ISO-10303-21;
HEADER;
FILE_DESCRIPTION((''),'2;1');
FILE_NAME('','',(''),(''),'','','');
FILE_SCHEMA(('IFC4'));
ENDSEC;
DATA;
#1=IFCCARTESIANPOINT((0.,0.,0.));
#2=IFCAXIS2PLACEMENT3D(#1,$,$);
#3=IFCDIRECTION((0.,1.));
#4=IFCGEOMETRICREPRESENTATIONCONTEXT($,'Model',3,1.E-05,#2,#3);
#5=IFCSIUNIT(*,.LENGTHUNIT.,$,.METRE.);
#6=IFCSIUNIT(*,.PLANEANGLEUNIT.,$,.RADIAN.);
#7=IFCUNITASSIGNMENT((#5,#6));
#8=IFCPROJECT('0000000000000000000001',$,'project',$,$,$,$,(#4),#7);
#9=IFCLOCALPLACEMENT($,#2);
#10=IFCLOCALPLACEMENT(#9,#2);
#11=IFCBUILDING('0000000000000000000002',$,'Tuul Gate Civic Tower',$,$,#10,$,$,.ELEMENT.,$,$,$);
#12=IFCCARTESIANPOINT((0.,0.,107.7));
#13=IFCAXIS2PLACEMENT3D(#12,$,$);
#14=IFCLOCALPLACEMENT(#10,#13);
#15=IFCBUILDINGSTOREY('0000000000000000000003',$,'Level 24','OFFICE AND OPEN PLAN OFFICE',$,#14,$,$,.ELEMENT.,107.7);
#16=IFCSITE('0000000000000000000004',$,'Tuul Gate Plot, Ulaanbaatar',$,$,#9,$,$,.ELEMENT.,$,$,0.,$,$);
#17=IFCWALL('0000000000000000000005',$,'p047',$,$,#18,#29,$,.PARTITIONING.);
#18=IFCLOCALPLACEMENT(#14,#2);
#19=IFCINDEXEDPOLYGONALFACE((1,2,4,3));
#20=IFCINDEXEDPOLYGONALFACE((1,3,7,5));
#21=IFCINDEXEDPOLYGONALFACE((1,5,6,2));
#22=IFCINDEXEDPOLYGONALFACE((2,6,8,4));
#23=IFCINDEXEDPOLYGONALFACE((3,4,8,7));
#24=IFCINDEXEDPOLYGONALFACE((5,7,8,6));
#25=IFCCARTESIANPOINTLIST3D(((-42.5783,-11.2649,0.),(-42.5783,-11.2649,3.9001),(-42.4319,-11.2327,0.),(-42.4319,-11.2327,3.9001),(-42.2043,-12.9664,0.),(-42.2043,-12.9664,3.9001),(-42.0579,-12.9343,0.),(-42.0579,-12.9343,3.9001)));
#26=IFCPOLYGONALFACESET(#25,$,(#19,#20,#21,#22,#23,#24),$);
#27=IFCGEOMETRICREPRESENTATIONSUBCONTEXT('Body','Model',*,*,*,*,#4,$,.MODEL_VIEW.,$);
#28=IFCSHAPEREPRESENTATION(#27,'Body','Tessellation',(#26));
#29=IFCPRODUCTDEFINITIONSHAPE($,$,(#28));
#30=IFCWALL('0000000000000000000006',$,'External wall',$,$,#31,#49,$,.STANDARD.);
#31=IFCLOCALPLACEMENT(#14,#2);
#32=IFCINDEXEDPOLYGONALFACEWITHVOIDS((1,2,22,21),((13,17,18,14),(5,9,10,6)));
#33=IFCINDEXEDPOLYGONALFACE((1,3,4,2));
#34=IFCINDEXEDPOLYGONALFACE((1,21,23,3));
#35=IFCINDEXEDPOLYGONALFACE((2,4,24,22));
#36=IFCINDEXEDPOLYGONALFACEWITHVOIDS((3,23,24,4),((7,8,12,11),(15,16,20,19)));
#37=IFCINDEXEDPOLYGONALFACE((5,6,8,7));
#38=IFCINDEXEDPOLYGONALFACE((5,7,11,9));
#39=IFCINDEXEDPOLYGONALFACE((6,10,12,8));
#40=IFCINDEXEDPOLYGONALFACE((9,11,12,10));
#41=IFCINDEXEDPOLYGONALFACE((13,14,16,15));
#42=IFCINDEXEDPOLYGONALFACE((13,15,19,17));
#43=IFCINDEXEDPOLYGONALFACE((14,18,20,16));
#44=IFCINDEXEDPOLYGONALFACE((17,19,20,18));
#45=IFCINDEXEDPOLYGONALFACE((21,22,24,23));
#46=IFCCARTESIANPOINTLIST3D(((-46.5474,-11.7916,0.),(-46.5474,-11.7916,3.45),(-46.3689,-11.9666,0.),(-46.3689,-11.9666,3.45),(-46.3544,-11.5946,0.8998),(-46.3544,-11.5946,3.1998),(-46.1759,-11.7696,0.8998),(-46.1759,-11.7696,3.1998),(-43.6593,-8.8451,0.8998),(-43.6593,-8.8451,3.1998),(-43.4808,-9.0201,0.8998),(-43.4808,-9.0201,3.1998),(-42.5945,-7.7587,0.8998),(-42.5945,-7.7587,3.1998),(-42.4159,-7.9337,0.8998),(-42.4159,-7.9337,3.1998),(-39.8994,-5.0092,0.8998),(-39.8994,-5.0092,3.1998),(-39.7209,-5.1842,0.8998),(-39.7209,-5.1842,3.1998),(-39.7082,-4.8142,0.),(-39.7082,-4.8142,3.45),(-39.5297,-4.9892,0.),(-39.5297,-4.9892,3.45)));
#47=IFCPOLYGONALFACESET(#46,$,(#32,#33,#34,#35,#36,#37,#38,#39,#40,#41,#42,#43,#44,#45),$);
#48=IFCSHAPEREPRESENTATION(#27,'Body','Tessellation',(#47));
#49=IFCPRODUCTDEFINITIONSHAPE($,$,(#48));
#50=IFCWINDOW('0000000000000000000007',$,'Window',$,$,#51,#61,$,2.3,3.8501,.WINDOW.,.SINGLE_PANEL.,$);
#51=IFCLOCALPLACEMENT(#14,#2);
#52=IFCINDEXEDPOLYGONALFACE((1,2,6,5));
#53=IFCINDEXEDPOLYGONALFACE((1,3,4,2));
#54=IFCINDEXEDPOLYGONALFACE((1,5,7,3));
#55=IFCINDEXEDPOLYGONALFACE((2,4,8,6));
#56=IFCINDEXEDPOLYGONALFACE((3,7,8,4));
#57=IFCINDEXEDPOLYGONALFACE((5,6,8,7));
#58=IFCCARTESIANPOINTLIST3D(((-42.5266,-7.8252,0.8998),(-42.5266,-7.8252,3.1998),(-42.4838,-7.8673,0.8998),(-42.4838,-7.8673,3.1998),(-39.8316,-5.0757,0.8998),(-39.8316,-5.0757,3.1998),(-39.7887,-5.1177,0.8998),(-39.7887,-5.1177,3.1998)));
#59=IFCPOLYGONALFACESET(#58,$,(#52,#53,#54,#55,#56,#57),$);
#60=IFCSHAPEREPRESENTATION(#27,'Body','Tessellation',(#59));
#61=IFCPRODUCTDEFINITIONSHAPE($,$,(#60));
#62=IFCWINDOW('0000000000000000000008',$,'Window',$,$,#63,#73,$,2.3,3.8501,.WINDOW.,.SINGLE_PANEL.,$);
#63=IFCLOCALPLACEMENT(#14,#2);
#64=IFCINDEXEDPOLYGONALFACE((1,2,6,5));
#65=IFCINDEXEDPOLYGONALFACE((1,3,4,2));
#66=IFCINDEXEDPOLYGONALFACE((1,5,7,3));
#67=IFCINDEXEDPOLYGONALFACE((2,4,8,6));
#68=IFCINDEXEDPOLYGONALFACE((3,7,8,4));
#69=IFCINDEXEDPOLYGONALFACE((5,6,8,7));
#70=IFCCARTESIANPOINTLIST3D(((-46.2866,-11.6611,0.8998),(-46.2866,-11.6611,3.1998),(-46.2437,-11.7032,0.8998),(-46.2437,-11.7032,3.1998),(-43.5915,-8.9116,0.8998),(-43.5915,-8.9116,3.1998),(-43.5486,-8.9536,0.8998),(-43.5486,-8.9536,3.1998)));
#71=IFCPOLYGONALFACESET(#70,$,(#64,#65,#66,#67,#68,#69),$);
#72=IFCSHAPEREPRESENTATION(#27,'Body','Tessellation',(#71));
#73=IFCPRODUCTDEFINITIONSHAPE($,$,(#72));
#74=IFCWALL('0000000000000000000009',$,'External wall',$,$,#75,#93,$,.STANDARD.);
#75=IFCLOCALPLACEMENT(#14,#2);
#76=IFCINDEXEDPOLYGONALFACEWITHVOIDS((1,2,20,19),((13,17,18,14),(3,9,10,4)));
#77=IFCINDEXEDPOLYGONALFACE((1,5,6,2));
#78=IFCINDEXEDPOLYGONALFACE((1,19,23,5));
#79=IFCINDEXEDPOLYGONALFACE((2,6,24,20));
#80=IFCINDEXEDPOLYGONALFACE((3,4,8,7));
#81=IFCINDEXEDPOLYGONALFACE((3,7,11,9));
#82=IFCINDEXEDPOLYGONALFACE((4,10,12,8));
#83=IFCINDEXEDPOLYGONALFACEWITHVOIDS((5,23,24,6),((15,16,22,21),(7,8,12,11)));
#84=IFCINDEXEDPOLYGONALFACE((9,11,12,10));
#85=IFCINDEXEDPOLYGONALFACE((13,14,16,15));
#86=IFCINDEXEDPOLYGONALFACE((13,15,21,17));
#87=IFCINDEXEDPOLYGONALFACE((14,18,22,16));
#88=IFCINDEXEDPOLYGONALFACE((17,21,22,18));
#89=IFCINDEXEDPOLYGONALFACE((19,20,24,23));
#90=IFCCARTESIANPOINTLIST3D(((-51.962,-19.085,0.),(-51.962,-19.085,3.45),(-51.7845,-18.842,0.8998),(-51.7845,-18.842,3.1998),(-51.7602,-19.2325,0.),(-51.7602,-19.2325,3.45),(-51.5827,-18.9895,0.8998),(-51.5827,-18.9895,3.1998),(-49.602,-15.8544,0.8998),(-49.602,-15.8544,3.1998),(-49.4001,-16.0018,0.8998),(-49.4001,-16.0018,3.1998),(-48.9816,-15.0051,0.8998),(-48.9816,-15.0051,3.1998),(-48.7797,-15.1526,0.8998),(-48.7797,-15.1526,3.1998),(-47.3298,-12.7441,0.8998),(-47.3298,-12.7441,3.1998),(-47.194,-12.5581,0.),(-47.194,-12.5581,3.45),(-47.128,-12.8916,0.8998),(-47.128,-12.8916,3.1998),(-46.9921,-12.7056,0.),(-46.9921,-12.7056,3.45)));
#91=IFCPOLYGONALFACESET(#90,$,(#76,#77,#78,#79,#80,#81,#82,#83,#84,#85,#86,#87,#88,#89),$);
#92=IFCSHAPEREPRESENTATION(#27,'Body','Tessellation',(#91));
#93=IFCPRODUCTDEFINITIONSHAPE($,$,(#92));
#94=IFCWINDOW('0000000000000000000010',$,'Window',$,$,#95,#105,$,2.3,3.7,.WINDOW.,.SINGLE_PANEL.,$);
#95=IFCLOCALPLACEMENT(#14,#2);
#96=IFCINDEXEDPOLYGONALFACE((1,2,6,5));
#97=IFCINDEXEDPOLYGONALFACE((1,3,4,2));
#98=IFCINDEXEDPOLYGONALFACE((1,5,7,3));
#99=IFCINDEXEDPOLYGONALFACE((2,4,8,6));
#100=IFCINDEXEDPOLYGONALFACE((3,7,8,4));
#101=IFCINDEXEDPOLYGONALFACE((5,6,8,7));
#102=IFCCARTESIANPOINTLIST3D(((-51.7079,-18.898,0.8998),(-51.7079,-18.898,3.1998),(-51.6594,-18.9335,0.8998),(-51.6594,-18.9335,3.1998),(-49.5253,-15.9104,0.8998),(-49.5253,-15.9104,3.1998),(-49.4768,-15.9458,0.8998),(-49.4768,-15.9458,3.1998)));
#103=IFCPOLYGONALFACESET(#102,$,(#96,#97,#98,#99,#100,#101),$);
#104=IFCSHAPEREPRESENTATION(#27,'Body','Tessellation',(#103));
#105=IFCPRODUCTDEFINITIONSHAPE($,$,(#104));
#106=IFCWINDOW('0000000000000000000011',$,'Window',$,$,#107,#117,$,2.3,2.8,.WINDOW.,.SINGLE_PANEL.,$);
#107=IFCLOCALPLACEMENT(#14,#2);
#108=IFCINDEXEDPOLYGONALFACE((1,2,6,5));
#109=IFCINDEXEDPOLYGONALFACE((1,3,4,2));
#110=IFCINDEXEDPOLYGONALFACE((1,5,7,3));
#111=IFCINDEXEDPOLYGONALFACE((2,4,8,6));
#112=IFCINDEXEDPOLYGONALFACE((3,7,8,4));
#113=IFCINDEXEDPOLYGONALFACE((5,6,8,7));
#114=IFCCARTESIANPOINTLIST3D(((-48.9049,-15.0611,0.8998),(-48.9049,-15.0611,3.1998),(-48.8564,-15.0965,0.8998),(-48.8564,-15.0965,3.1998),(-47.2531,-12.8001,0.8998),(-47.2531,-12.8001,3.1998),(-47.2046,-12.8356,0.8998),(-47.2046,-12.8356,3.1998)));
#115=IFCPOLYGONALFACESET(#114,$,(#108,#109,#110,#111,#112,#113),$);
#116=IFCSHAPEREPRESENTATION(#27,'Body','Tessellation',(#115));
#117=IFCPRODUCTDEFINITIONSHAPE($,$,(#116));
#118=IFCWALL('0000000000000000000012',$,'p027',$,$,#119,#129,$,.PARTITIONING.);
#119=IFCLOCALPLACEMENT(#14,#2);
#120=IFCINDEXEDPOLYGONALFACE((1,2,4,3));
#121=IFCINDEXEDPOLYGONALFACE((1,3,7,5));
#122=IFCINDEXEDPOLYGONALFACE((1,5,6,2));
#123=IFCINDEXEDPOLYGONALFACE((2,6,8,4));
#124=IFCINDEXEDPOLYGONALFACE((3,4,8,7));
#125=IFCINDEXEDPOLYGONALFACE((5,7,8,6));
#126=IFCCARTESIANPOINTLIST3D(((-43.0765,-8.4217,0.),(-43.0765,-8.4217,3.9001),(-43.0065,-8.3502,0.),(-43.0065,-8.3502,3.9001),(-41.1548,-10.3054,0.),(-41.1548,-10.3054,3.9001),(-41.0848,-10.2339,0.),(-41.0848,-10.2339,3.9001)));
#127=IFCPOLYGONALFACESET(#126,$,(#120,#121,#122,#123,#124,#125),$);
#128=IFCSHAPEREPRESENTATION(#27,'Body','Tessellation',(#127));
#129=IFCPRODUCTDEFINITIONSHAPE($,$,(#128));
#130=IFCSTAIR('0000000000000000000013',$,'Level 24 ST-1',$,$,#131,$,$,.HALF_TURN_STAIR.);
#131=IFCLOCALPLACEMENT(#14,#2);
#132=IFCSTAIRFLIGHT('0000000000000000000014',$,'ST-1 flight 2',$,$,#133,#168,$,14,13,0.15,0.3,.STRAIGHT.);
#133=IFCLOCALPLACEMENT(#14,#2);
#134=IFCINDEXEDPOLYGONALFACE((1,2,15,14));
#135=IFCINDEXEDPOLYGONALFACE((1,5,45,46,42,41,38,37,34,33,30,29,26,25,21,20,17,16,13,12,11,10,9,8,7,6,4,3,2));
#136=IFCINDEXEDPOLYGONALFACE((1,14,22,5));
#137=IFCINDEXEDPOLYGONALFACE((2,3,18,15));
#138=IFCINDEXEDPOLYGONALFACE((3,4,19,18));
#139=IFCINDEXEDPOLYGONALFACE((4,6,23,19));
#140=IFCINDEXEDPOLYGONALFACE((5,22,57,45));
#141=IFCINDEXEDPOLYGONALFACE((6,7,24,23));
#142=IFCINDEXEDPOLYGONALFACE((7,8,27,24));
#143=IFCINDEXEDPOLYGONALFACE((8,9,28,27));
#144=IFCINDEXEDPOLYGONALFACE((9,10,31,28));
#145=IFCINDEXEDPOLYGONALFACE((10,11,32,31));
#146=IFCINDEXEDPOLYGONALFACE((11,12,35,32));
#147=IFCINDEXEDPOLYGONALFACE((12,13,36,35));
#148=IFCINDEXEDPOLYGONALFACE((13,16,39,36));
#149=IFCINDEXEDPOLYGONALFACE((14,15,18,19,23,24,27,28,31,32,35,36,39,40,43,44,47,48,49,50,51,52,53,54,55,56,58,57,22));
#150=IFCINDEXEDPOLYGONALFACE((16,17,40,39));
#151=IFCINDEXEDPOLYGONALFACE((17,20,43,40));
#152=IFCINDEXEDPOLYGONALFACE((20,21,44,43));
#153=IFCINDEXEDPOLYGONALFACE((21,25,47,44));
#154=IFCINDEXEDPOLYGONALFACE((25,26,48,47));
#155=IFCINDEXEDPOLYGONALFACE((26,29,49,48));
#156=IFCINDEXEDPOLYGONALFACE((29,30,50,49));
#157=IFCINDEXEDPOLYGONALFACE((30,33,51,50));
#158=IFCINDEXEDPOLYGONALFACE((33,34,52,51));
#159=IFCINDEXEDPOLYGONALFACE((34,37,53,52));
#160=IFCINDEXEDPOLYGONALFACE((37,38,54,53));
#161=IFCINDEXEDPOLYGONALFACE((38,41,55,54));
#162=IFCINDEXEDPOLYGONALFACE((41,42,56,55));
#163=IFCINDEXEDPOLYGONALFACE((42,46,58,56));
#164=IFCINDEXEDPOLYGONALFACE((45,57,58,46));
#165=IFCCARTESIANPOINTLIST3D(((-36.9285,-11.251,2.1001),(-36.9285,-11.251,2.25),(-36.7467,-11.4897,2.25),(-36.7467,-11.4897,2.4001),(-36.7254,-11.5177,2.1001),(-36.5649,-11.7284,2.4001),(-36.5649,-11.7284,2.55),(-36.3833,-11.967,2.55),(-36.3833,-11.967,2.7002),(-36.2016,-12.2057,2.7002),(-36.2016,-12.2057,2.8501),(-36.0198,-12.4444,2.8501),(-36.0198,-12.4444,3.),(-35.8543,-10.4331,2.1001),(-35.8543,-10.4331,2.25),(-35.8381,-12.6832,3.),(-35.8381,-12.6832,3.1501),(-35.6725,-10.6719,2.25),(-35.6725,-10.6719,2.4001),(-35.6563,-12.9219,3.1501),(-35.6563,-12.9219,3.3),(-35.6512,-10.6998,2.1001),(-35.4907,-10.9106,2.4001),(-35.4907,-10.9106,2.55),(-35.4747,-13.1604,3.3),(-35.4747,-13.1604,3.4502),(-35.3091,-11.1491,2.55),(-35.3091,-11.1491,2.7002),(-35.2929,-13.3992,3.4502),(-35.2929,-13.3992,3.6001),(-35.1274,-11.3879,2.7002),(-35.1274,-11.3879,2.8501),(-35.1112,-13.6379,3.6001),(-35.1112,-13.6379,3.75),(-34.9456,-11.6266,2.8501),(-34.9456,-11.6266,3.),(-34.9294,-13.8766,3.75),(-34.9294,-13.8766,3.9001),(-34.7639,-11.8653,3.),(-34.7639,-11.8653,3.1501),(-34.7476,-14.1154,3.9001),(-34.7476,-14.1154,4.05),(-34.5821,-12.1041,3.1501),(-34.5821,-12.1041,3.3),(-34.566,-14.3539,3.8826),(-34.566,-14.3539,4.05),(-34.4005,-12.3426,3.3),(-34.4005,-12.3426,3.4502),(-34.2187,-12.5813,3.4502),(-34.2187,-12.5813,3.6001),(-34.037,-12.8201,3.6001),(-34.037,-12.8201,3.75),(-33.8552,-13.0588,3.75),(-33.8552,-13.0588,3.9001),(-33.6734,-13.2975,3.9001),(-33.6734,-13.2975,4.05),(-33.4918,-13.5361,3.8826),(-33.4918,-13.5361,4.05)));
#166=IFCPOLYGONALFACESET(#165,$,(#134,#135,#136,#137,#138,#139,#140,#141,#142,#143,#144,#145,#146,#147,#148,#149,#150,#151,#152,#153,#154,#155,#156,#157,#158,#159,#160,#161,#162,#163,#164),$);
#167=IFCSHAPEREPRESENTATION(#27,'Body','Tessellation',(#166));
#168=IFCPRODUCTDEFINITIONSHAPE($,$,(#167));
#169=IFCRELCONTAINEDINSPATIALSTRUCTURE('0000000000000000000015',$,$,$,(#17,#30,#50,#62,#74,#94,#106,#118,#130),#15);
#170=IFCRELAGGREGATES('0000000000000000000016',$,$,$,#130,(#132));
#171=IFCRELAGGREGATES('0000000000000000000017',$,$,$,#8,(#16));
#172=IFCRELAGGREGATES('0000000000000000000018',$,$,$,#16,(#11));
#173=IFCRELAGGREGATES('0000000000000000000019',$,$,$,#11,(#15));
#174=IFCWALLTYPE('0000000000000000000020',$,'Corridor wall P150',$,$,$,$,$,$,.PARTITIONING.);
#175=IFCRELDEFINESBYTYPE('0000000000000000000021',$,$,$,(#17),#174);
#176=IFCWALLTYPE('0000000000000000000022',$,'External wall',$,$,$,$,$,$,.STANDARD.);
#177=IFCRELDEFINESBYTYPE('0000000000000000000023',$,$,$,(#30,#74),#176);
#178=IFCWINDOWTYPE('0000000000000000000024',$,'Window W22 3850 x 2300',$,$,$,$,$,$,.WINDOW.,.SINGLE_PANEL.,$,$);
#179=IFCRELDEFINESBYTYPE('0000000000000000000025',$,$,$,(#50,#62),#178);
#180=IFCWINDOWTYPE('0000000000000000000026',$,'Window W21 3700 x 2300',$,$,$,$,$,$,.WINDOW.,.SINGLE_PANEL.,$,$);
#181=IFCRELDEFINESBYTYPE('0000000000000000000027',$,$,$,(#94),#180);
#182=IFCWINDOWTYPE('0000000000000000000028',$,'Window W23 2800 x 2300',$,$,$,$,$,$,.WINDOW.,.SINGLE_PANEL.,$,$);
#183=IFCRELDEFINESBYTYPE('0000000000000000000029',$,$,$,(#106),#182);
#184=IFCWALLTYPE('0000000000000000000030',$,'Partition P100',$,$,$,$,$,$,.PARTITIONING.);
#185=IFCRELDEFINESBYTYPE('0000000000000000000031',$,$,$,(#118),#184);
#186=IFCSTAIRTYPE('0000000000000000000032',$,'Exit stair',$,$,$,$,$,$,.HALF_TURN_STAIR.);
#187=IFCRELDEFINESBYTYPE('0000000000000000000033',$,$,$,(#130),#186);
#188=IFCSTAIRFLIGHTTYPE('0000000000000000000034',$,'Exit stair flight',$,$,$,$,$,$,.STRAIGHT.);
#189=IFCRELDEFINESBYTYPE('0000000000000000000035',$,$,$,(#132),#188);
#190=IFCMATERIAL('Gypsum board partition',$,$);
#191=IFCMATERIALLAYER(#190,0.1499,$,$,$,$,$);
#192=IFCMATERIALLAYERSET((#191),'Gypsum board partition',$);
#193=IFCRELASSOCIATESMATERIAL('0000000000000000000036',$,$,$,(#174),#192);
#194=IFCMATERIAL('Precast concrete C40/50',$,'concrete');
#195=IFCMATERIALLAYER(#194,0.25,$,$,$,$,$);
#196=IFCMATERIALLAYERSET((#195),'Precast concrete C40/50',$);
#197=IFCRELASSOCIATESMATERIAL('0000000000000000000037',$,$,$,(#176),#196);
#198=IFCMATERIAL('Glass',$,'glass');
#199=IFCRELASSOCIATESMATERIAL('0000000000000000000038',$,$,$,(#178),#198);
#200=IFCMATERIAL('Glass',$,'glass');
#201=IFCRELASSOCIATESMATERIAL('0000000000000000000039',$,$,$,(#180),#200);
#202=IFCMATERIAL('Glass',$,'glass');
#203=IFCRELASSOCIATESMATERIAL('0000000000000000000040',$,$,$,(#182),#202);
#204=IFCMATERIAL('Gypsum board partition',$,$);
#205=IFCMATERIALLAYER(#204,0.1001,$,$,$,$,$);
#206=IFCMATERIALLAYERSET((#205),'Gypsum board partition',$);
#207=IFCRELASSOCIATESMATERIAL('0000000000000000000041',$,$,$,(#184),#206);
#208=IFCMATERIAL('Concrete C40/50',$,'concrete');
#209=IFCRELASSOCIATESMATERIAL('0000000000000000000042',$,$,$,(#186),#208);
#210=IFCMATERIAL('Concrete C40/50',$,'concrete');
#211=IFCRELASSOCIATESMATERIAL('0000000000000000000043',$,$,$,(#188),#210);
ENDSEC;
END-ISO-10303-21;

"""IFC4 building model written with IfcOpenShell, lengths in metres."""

from ifc_helpers import new_model, si_unit, direction, frame, frame_2d, origin, place, context, subcontext, project, spatial, polyline, rectangle, outline, extrude, material, layer, layer_set, type_object, element, fill, aggregate, save


model = new_model("IFC4")

# Units and contexts
model_context = context("Model", 3, precision=1e-05, world=origin(), true_north=direction((0.0, 1.0)))
body_context = subcontext(model_context, "Body", "Model", "MODEL_VIEW")
ifc_project = project(units=[si_unit("LENGTHUNIT", "METRE"), si_unit("PLANEANGLEUNIT", "RADIAN")], contexts=[model_context])

# Site, building, storey
site_placement = place(None, origin())
site = spatial("IfcSite", under=ifc_project, at=site_placement, Name="Tuul Gate Plot, Ulaanbaatar", CompositionType="ELEMENT", RefElevation=0.0)
building_placement = place(site_placement, origin())
building = spatial("IfcBuilding", under=site, at=building_placement, Name="Tuul Gate Civic Tower", CompositionType="ELEMENT")
storey_placement = place(building_placement, frame((0.0, 0.0, 107.7)))
storey = spatial("IfcBuildingStorey", under=building, at=storey_placement, Name="Level 24", Description="OFFICE AND OPEN PLAN OFFICE", CompositionType="ELEMENT", Elevation=107.7)

# Wall
ifc_material_1 = material(Name="Gypsum board partition")
ifc_layer_1 = layer(ifc_material_1, 0.1499)
ifc_layer_set_1 = layer_set([ifc_layer_1], Name="Gypsum board partition")
wall_type_1 = type_object("IfcWallType", Name="Corridor wall P150", PredefinedType="PARTITIONING", material=ifc_layer_set_1)
wall_1_placement = place(storey_placement, frame((-42.5051, -11.2488, 0.0), z_axis=(0.0, 0.0, 1.0), x_axis=(0.214675, -0.976686, 0.0)))
element("IfcWall", 1, at=wall_1_placement, inside=storey, type_object=wall_type_1, Name="p047", PredefinedType="PARTITIONING", context=body_context, shape_type="SweptSolid", body=[
    extrude(rectangle(XDim=1.7422, YDim=0.1499, at=frame_2d((0.8711, 0.0))), origin(), (0.0, 0.0, 1.0), 3.9001),
])

# Walls, openings, windows
ifc_material_2 = material(Name="Precast concrete C40/50", Category="concrete")
ifc_layer_2 = layer(ifc_material_2, 0.25)
ifc_layer_set_2 = layer_set([ifc_layer_2], Name="Precast concrete C40/50")
wall_type_2 = type_object("IfcWallType", Name="External wall", PredefinedType="STANDARD", material=ifc_layer_set_2)
wall_2_placement = place(storey_placement, frame((-39.6189, -4.9016, 0.0), z_axis=(0.0, 0.0, 1.0), x_axis=(-0.7, -0.714143, 0.0)))
wall_2 = element("IfcWall", 2, at=wall_2_placement, inside=storey, type_object=wall_type_2, Name="External wall", PredefinedType="STANDARD", context=body_context, shape_type="SweptSolid", body=[
    extrude(rectangle(XDim=9.7703, YDim=0.25, at=frame_2d((4.8853, 0.0))), origin(), (0.0, 0.0, 1.0), 3.45),
])
opening_1_placement = place(wall_2_placement, frame((0.2732, 0.0, 0.8999)))
opening_1 = element("IfcOpeningElement", 3, at=opening_1_placement, cuts=wall_2, PredefinedType="OPENING", context=body_context, shape_type="SweptSolid", body=[
    extrude(rectangle(XDim=3.8501, YDim=2.3, at=frame_2d((1.925, 1.1499))), frame((0.0, 0.135, 0.0), z_axis=(0.0, -1.0, 0.0), x_axis=(1.0, 0.0, 0.0)), (0.0, 0.0, 1.0), 0.27),
])
opening_2_placement = place(wall_2_placement, frame((5.6445, 0.0, 0.8999)))
opening_2 = element("IfcOpeningElement", 4, at=opening_2_placement, cuts=wall_2, PredefinedType="OPENING", context=body_context, shape_type="SweptSolid", body=[
    extrude(rectangle(XDim=3.8501, YDim=2.3, at=frame_2d((1.925, 1.1499))), frame((0.0, 0.135, 0.0), z_axis=(0.0, -1.0, 0.0), x_axis=(1.0, 0.0, 0.0)), (0.0, 0.0, 1.0), 0.27),
])
ifc_material_3 = material(Name="Glass", Category="glass")
window_type_1 = type_object("IfcWindowType", Name="Window W22 3850 x 2300", PartitioningType="SINGLE_PANEL", PredefinedType="WINDOW", material=ifc_material_3)
window_1_placement = place(opening_1_placement, origin())
window_1 = element("IfcWindow", 5, at=window_1_placement, inside=storey, type_object=window_type_1, Name="Window", OverallHeight=2.3, OverallWidth=3.8501, PartitioningType="SINGLE_PANEL", PredefinedType="WINDOW", context=body_context, shape_type="SweptSolid", body=[
    extrude(rectangle(XDim=3.8501, YDim=2.3, at=frame_2d((1.925, 1.1499))), frame((0.0, 0.03, 0.0), z_axis=(0.0, -1.0, 0.0), x_axis=(1.0, 0.0, 0.0)), (0.0, 0.0, 1.0), 0.0601),
])
fill(opening_1, window_1)
window_2_placement = place(opening_2_placement, origin())
window_2 = element("IfcWindow", 6, at=window_2_placement, inside=storey, type_object=window_type_1, Name="Window", OverallHeight=2.3, OverallWidth=3.8501, PartitioningType="SINGLE_PANEL", PredefinedType="WINDOW", context=body_context, shape_type="SweptSolid", body=[
    extrude(rectangle(XDim=3.8501, YDim=2.3, at=frame_2d((1.925, 1.1499))), frame((0.0, 0.03, 0.0), z_axis=(0.0, -1.0, 0.0), x_axis=(1.0, 0.0, 0.0)), (0.0, 0.0, 1.0), 0.0601),
])
fill(opening_2, window_2)
wall_3_placement = place(storey_placement, frame((-47.093, -12.6318, 0.0), z_axis=(0.0, 0.0, 1.0), x_axis=(-0.589891, -0.807483, 0.0)))
wall_3 = element("IfcWall", 7, at=wall_3_placement, inside=storey, type_object=wall_type_2, Name="External wall", PredefinedType="STANDARD", context=body_context, shape_type="SweptSolid", body=[
    extrude(rectangle(XDim=8.083, YDim=0.25, at=frame_2d((4.0415, 0.0))), origin(), (0.0, 0.0, 1.0), 3.45),
])
opening_3_placement = place(wall_3_placement, frame((0.2305, 0.0, 0.8999)))
opening_3 = element("IfcOpeningElement", 8, at=opening_3_placement, cuts=wall_3, PredefinedType="OPENING", context=body_context, shape_type="SweptSolid", body=[
    extrude(rectangle(XDim=2.8, YDim=2.3, at=frame_2d((1.3999, 1.1499))), frame((0.0, 0.135, 0.0), z_axis=(0.0, -1.0, 0.0), x_axis=(1.0, 0.0, 0.0)), (0.0, 0.0, 1.0), 0.27),
])
opening_4_placement = place(wall_3_placement, frame((4.082, 0.0, 0.8999)))
opening_4 = element("IfcOpeningElement", 9, at=opening_4_placement, cuts=wall_3, PredefinedType="OPENING", context=body_context, shape_type="SweptSolid", body=[
    extrude(rectangle(XDim=3.7, YDim=2.3, at=frame_2d((1.8501, 1.1499))), frame((0.0, 0.135, 0.0), z_axis=(0.0, -1.0, 0.0), x_axis=(1.0, 0.0, 0.0)), (0.0, 0.0, 1.0), 0.27),
])
ifc_material_4 = material(Name="Glass", Category="glass")
window_type_2 = type_object("IfcWindowType", Name="Window W21 3700 x 2300", PartitioningType="SINGLE_PANEL", PredefinedType="WINDOW", material=ifc_material_4)
window_3_placement = place(opening_4_placement, origin())
window_3 = element("IfcWindow", 10, at=window_3_placement, inside=storey, type_object=window_type_2, Name="Window", OverallHeight=2.3, OverallWidth=3.7, PartitioningType="SINGLE_PANEL", PredefinedType="WINDOW", context=body_context, shape_type="SweptSolid", body=[
    extrude(rectangle(XDim=3.7, YDim=2.3, at=frame_2d((1.8501, 1.1499))), frame((0.0, 0.03, 0.0), z_axis=(0.0, -1.0, 0.0), x_axis=(1.0, 0.0, 0.0)), (0.0, 0.0, 1.0), 0.0601),
])
fill(opening_4, window_3)
ifc_material_5 = material(Name="Glass", Category="glass")
window_type_3 = type_object("IfcWindowType", Name="Window W23 2800 x 2300", PartitioningType="SINGLE_PANEL", PredefinedType="WINDOW", material=ifc_material_5)
window_4_placement = place(opening_3_placement, origin())
window_4 = element("IfcWindow", 11, at=window_4_placement, inside=storey, type_object=window_type_3, Name="Window", OverallHeight=2.3, OverallWidth=2.8, PartitioningType="SINGLE_PANEL", PredefinedType="WINDOW", context=body_context, shape_type="SweptSolid", body=[
    extrude(rectangle(XDim=2.8, YDim=2.3, at=frame_2d((1.3999, 1.1499))), frame((0.0, 0.03, 0.0), z_axis=(0.0, -1.0, 0.0), x_axis=(1.0, 0.0, 0.0)), (0.0, 0.0, 1.0), 0.0601),
])
fill(opening_3, window_4)

# Wall
ifc_material_6 = material(Name="Gypsum board partition")
ifc_layer_3 = layer(ifc_material_6, 0.1001)
ifc_layer_set_3 = layer_set([ifc_layer_3], Name="Gypsum board partition")
wall_type_3 = type_object("IfcWallType", Name="Partition P100", PredefinedType="PARTITIONING", material=ifc_layer_set_3)
wall_4_placement = place(storey_placement, frame((-43.0415, -8.386, 0.0), z_axis=(0.0, 0.0, 1.0), x_axis=(0.714148, -0.699994, 0.0)))
element("IfcWall", 12, at=wall_4_placement, inside=storey, type_object=wall_type_3, Name="p027", PredefinedType="PARTITIONING", context=body_context, shape_type="SweptSolid", body=[
    extrude(rectangle(XDim=2.6909, YDim=0.1001, at=frame_2d((1.3455, 0.0))), origin(), (0.0, 0.0, 1.0), 3.9001),
])

# Stair, stair flight
ifc_material_7 = material(Name="Concrete C40/50", Category="concrete")
stair_type = type_object("IfcStairType", Name="Exit stair", PredefinedType="HALF_TURN_STAIR", material=ifc_material_7)
stair_placement = place(storey_placement, origin())
stair = element("IfcStair", 13, at=stair_placement, inside=storey, type_object=stair_type, Name="Level 24 ST-1", PredefinedType="HALF_TURN_STAIR")
ifc_material_8 = material(Name="Concrete C40/50", Category="concrete")
stair_flight_type = type_object("IfcStairFlightType", Name="Exit stair flight", PredefinedType="STRAIGHT", material=ifc_material_8)
stair_flight_placement = place(storey_placement, frame((-36.3914, -10.842, 2.1001), z_axis=(0.0, 0.0, 1.0), x_axis=(0.605764, -0.795644, 0.0)))
stair_flight = element("IfcStairFlight", 14, at=stair_flight_placement, type_object=stair_flight_type, Name="ST-1 flight 2", NumberOfRisers=14, NumberOfTreads=13, PredefinedType="STRAIGHT", RiserHeight=0.15, TreadLength=0.3, context=body_context, shape_type="SweptSolid", body=[
    extrude(outline(polyline([(0.0, 0.0), (0.0, 0.1499), (0.3, 0.1499), (0.3, 0.3), (0.6001, 0.3), (0.6001, 0.45), (0.8999, 0.45), (0.8999, 0.6001), (1.2, 0.6001), (1.2, 0.75), (1.5, 0.75), (1.5, 0.8999), (1.8, 0.8999), (1.8, 1.05), (2.1001, 1.05), (2.1001, 1.2), (2.3999, 1.2), (2.3999, 1.3501), (2.7, 1.3501), (2.7, 1.5), (3.0, 1.5), (3.0, 1.6499), (3.3, 1.6499), (3.3, 1.8), (3.6001, 1.8), (3.6001, 1.95), (3.8999, 1.95), (3.8999, 2.1001), (3.8999, 1.7825), (0.3352, 0.0), (0.0, 0.0)])), frame((0.0, 0.675, 0.0), z_axis=(0.0, -1.0, 0.0), x_axis=(1.0, 0.0, 0.0)), (0.0, 0.0, 1.0), 1.3501),
])
aggregate(stair, [stair_flight])

save(model, "model.ifc")
